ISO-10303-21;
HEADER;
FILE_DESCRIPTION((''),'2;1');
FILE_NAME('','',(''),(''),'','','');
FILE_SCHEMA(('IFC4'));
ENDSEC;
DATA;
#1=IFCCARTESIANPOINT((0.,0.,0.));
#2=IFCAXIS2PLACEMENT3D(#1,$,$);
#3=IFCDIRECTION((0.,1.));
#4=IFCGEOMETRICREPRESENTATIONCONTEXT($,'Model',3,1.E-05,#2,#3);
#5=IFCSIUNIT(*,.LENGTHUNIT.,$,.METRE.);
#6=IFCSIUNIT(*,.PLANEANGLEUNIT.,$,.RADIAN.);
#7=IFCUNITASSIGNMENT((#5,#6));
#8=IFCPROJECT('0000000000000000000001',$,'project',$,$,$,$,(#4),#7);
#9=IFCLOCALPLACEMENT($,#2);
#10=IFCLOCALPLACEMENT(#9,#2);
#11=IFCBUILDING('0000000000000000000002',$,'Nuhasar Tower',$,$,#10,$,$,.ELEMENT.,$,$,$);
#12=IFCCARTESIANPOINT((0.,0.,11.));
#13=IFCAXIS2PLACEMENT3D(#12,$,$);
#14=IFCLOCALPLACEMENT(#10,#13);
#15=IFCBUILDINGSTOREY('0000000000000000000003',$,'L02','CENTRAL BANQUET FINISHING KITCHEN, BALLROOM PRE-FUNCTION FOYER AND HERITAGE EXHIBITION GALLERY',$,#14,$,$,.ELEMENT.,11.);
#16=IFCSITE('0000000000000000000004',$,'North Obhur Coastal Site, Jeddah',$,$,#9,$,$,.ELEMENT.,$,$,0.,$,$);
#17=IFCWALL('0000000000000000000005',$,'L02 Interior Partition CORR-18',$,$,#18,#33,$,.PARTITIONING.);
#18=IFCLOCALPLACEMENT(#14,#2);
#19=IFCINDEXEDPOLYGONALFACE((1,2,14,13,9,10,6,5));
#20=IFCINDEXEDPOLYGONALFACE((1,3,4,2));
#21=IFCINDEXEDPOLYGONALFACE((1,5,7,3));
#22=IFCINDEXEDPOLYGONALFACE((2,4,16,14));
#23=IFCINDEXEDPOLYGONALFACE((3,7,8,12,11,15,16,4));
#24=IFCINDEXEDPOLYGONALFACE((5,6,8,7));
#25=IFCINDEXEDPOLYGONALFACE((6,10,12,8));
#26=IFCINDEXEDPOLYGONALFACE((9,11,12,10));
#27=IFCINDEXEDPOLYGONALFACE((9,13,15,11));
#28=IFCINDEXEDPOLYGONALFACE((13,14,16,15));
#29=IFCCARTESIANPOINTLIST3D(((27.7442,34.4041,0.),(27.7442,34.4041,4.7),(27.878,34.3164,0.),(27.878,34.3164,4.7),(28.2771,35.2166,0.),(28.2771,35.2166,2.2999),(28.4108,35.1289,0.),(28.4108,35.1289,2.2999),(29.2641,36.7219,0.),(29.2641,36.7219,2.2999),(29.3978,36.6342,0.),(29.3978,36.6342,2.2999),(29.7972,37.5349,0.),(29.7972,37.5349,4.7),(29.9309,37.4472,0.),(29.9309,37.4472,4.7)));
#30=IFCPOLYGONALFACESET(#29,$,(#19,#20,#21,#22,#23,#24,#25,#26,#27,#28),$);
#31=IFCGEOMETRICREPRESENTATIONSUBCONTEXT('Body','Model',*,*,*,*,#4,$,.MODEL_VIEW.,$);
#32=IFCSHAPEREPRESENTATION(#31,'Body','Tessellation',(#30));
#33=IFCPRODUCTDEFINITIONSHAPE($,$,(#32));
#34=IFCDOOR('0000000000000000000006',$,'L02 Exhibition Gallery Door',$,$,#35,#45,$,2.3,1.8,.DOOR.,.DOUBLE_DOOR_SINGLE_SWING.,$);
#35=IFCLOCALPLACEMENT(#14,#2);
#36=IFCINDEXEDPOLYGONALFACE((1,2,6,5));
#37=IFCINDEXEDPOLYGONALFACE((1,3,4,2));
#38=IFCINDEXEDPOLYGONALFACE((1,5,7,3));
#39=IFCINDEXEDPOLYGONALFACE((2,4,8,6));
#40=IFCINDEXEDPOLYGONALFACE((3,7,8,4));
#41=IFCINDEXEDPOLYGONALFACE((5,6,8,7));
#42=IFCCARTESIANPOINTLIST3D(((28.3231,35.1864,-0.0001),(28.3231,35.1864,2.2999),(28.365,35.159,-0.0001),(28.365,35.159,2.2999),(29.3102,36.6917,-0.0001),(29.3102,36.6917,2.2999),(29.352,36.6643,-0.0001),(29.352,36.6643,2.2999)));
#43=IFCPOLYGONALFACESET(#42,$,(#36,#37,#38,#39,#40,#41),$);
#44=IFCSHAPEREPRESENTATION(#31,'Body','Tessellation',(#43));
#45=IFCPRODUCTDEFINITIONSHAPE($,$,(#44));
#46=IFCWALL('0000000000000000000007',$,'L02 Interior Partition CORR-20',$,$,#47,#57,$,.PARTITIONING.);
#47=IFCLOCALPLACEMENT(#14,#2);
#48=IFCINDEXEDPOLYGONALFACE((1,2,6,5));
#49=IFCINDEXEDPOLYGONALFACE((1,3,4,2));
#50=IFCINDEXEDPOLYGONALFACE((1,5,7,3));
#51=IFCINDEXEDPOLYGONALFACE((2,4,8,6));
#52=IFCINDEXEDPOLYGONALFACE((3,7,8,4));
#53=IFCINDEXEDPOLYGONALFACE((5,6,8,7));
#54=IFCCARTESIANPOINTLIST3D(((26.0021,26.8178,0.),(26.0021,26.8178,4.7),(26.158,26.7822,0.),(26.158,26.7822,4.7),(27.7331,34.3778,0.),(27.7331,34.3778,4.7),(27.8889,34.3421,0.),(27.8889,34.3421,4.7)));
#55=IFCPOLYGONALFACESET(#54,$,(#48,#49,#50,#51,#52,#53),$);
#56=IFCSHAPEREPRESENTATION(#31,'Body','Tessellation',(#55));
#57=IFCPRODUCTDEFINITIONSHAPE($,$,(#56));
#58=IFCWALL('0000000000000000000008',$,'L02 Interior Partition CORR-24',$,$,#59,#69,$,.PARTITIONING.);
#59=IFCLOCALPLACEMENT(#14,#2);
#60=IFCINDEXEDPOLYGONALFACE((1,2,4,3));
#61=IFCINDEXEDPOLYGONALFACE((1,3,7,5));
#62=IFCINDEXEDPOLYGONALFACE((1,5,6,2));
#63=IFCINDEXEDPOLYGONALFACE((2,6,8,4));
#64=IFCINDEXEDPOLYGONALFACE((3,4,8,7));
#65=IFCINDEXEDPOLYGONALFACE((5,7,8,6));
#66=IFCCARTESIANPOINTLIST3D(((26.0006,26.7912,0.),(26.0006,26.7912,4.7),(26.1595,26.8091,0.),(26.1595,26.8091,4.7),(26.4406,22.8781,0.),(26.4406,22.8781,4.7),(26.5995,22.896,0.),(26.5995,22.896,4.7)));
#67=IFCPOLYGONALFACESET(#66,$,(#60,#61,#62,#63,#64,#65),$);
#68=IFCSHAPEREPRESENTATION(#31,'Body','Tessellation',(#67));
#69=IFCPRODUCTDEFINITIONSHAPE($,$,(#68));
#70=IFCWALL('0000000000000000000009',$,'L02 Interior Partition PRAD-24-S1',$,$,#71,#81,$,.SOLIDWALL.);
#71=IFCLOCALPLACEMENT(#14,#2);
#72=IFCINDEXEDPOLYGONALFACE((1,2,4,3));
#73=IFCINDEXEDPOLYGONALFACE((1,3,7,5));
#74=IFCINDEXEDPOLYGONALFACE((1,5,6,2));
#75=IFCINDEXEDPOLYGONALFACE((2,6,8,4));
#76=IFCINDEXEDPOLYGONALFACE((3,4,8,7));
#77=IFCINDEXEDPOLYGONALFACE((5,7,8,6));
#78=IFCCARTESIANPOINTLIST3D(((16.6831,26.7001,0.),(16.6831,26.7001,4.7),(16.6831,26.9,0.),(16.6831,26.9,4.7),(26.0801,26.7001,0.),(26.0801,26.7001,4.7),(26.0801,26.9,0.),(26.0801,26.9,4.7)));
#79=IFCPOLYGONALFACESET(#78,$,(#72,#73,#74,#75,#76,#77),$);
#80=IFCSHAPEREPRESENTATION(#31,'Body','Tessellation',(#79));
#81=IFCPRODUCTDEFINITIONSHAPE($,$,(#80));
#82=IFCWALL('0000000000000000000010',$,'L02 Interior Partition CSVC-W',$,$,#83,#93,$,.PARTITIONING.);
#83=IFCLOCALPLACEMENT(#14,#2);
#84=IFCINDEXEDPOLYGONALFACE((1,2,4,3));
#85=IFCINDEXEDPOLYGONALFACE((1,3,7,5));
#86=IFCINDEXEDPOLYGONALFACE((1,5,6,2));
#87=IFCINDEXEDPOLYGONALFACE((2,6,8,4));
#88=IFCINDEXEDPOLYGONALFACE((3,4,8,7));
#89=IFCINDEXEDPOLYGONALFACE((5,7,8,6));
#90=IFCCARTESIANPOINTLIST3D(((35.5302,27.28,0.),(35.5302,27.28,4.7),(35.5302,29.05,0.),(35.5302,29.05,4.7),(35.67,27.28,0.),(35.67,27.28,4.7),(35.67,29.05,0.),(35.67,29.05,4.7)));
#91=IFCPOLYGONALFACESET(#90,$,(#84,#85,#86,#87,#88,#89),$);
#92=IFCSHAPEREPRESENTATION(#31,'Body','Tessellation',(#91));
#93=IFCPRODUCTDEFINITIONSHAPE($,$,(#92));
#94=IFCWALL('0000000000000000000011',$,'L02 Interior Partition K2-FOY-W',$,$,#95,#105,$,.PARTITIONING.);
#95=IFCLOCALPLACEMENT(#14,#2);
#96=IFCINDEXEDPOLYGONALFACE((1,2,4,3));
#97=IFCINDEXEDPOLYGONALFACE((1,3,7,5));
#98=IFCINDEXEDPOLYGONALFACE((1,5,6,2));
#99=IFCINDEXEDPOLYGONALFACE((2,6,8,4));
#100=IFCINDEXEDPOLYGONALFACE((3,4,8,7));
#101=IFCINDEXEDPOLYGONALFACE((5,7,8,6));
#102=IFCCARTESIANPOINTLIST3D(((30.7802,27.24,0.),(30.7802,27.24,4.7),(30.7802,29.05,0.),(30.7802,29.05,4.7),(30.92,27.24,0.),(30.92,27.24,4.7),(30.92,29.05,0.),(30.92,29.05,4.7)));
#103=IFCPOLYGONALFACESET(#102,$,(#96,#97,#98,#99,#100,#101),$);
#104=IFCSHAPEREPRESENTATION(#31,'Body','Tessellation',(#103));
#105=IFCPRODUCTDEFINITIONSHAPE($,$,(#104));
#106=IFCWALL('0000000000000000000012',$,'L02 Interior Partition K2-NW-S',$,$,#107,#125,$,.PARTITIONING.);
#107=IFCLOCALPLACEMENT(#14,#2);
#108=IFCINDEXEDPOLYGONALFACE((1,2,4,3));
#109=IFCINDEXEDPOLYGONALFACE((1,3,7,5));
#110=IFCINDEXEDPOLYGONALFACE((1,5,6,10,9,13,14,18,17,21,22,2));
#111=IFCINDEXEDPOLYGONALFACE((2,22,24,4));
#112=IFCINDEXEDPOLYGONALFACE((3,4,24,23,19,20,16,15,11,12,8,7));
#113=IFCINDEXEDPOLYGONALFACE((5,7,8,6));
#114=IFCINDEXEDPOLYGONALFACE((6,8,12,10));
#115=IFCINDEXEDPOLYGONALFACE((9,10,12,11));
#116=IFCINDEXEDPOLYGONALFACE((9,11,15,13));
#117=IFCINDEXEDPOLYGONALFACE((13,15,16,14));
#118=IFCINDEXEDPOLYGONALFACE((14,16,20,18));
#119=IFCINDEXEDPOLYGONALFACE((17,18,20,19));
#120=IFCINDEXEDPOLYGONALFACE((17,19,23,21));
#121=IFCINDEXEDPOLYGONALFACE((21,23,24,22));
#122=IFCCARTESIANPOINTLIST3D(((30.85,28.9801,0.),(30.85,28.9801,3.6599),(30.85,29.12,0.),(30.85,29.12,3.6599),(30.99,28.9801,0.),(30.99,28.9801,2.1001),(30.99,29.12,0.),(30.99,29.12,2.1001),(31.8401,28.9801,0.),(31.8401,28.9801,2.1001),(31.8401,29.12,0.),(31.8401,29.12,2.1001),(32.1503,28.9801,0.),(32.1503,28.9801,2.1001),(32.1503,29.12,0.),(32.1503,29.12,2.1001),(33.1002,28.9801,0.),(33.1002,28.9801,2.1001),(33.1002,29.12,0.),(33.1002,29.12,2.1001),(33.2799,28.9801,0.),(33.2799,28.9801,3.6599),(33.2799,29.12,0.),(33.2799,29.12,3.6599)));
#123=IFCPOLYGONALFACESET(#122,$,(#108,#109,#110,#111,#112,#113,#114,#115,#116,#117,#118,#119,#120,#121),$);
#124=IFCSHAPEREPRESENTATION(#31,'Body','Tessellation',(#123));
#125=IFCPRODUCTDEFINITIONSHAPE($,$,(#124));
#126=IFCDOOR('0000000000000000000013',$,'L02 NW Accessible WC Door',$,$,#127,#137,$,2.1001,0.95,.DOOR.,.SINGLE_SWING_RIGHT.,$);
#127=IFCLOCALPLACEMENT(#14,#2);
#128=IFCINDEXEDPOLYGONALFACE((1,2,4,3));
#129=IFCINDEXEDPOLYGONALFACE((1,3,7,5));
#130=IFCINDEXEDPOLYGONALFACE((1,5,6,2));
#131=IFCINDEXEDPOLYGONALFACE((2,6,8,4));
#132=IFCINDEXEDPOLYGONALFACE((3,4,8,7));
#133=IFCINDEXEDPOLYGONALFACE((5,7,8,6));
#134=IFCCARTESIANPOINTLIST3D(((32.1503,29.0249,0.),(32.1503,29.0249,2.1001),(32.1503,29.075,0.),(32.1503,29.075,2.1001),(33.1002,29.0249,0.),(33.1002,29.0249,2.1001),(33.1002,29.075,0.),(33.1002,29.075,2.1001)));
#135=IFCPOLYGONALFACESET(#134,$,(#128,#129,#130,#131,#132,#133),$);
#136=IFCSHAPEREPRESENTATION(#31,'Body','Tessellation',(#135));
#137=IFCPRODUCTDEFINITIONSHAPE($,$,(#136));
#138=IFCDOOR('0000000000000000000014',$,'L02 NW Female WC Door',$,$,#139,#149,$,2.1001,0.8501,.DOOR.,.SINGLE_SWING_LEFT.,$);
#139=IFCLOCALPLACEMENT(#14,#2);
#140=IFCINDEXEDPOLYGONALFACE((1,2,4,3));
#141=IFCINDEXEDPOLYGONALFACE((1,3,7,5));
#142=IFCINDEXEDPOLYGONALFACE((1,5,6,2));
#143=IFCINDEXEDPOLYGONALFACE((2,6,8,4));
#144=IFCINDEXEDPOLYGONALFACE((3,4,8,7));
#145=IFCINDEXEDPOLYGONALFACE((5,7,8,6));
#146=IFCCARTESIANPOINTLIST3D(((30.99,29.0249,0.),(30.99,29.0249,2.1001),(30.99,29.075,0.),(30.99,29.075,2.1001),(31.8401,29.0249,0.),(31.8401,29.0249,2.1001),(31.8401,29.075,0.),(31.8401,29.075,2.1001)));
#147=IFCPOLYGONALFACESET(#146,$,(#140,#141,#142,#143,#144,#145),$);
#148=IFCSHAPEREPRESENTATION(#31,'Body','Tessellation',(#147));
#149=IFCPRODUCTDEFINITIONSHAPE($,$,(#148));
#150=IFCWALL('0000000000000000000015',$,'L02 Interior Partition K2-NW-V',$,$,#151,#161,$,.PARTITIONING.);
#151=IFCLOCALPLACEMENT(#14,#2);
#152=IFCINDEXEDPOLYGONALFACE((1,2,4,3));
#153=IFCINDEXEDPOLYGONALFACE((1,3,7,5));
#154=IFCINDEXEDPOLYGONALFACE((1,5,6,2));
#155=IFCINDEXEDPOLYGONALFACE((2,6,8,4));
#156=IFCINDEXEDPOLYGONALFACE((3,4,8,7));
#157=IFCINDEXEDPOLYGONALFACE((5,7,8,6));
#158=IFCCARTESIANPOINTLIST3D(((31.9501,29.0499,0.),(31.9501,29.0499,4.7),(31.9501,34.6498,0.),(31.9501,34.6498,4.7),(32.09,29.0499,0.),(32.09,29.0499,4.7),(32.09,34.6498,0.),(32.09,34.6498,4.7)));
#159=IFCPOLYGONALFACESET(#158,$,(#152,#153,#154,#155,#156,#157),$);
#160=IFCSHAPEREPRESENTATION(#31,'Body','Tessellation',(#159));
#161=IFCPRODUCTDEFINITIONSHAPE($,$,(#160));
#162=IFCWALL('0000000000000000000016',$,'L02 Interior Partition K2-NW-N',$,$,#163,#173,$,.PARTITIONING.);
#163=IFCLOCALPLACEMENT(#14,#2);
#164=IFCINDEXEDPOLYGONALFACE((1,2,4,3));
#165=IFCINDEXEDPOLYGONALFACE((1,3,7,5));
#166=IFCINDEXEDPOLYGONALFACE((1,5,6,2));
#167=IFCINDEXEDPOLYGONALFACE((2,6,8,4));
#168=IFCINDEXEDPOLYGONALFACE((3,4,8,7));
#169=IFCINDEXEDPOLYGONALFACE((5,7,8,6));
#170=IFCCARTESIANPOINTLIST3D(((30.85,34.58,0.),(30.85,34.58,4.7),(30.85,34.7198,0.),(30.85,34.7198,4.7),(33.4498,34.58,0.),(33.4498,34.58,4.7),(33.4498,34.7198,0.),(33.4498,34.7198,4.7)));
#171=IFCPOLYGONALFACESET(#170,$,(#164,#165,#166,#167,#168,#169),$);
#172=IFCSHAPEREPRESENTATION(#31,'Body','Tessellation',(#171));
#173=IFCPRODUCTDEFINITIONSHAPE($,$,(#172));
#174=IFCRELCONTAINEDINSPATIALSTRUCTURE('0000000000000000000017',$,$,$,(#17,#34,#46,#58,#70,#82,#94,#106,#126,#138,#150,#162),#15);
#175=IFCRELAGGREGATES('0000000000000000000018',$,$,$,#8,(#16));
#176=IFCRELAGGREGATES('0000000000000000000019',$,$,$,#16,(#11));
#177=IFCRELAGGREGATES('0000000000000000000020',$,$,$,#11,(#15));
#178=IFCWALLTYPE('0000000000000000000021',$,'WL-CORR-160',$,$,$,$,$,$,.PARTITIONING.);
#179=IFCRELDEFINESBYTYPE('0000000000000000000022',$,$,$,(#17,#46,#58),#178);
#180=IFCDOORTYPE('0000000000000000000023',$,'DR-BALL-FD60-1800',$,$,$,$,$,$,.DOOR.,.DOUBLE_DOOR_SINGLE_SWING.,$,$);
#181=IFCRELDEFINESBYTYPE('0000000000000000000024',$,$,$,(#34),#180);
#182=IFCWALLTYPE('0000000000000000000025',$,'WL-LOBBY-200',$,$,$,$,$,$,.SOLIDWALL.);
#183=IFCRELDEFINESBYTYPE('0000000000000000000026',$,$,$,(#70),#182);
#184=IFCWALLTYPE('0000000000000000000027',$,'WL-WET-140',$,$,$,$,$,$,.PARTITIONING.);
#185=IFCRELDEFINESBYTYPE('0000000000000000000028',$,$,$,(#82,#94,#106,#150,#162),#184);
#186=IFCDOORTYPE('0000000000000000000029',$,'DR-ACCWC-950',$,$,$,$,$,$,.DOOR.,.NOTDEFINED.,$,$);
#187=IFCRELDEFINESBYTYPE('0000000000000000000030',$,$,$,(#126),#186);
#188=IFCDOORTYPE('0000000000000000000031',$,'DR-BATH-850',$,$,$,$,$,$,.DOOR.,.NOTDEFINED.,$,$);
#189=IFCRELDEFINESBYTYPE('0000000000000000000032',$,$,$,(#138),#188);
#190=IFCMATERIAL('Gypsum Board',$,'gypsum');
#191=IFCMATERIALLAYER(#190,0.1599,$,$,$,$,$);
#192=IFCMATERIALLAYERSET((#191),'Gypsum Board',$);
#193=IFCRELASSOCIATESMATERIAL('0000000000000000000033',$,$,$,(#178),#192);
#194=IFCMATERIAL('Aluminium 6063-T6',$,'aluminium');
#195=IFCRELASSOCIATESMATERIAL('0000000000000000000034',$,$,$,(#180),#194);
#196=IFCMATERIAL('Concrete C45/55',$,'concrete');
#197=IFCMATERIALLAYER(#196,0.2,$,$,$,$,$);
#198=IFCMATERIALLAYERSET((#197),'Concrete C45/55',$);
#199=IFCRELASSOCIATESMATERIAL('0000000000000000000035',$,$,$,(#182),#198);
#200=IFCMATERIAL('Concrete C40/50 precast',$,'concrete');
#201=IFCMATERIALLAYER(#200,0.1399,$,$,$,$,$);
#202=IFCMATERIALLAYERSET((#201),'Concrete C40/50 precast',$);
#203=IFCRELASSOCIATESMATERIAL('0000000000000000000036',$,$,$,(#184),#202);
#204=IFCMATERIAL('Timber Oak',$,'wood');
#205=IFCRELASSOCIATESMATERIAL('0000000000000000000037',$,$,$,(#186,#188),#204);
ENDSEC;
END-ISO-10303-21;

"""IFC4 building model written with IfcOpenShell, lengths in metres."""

from ifc_helpers import new_model, si_unit, direction, frame, frame_2d, origin, place, context, subcontext, project, spatial, rectangle, extrude, material, layer, layer_set, type_object, element, fill, save


model = new_model("IFC4")

# Units and contexts
model_context = context("Model", 3, precision=1e-05, world=origin(), true_north=direction((0.0, 1.0)))
body_context = subcontext(model_context, "Body", "Model", "MODEL_VIEW")
ifc_project = project(units=[si_unit("LENGTHUNIT", "METRE"), si_unit("PLANEANGLEUNIT", "RADIAN")], contexts=[model_context])

# Site, building, storey
site_placement = place(None, origin())
site = spatial("IfcSite", under=ifc_project, at=site_placement, Name="North Obhur Coastal Site, Jeddah", CompositionType="ELEMENT", RefElevation=0.0)
building_placement = place(site_placement, origin())
building = spatial("IfcBuilding", under=site, at=building_placement, Name="Nuhasar Tower", CompositionType="ELEMENT")
storey_placement = place(building_placement, frame((0.0, 0.0, 11.0)))
storey = spatial("IfcBuildingStorey", under=building, at=storey_placement, Name="L02", Description="CENTRAL BANQUET FINISHING KITCHEN, BALLROOM PRE-FUNCTION FOYER AND HERITAGE EXHIBITION GALLERY", CompositionType="ELEMENT", Elevation=11.0)

# Wall, opening, door
ifc_material_1 = material(Name="Gypsum Board", Category="gypsum")
ifc_layer_1 = layer(ifc_material_1, 0.1599)
ifc_layer_set_1 = layer_set([ifc_layer_1], Name="Gypsum Board")
wall_type_1 = type_object("IfcWallType", Name="WL-CORR-160", PredefinedType="PARTITIONING", material=ifc_layer_set_1)
wall_1_placement = place(storey_placement, frame((27.811, 34.3601, 0.0), z_axis=(0.0, 0.0, 1.0), x_axis=(0.548349, 0.83625, 0.0)))
wall_1 = element("IfcWall", 1, at=wall_1_placement, inside=storey, type_object=wall_type_1, Name="L02 Interior Partition CORR-18", PredefinedType="PARTITIONING", context=body_context, shape_type="SweptSolid", body=[
    extrude(rectangle(XDim=3.7439, YDim=0.1599, at=frame_2d((1.8721, 0.0))), origin(), (0.0, 0.0, 1.0), 4.7),
])
opening_1_placement = place(wall_1_placement, frame((0.9719, 0.0, 0.0)))
opening_1 = element("IfcOpeningElement", 2, at=opening_1_placement, cuts=wall_1, PredefinedType="OPENING", context=body_context, shape_type="SweptSolid", body=[
    extrude(rectangle(XDim=1.8, YDim=2.3, at=frame_2d((0.8999, 1.1499))), frame((0.0, 0.0898, 0.0), z_axis=(0.0, -1.0, 0.0), x_axis=(1.0, 0.0, 0.0)), (0.0, 0.0, 1.0), 0.1799),
])
ifc_material_2 = material(Name="Aluminium 6063-T6", Category="aluminium")
door_type_1 = type_object("IfcDoorType", Name="DR-BALL-FD60-1800", OperationType="DOUBLE_DOOR_SINGLE_SWING", PredefinedType="DOOR", material=ifc_material_2)
door_1_placement = place(opening_1_placement, origin())
door_1 = element("IfcDoor", 3, at=door_1_placement, inside=storey, type_object=door_type_1, Name="L02 Exhibition Gallery Door", OperationType="DOUBLE_DOOR_SINGLE_SWING", OverallHeight=2.3, OverallWidth=1.8, PredefinedType="DOOR", context=body_context, shape_type="SweptSolid", body=[
    extrude(rectangle(XDim=1.8, YDim=2.3, at=frame_2d((0.8999, 1.1499))), frame((0.0, 0.0249, 0.0), z_axis=(0.0, -1.0, 0.0), x_axis=(1.0, 0.0, 0.0)), (0.0, 0.0, 1.0), 0.05),
])
fill(opening_1, door_1)

# Walls
wall_2_placement = place(storey_placement, frame((27.811, 34.3601, 0.0), z_axis=(0.0, 0.0, 1.0), x_axis=(-0.223185, -0.974776, 0.0)))
element("IfcWall", 4, at=wall_2_placement, inside=storey, type_object=wall_type_1, Name="L02 Interior Partition CORR-20", PredefinedType="PARTITIONING", context=body_context, shape_type="SweptSolid", body=[
    extrude(rectangle(XDim=7.7556, YDim=0.1599, at=frame_2d((3.8779, 0.0))), origin(), (0.0, 0.0, 1.0), 4.7),
])
wall_3_placement = place(storey_placement, frame((26.0801, 26.8, 0.0), z_axis=(0.0, 0.0, 1.0), x_axis=(0.111724, -0.993739, 0.0)))
element("IfcWall", 5, at=wall_3_placement, inside=storey, type_object=wall_type_1, Name="L02 Interior Partition CORR-24", PredefinedType="PARTITIONING", context=body_context, shape_type="SweptSolid", body=[
    extrude(rectangle(XDim=3.9377, YDim=0.1599, at=frame_2d((1.9688, 0.0))), origin(), (0.0, 0.0, 1.0), 4.7),
])
ifc_material_3 = material(Name="Concrete C45/55", Category="concrete")
ifc_layer_2 = layer(ifc_material_3, 0.2)
ifc_layer_set_2 = layer_set([ifc_layer_2], Name="Concrete C45/55")
wall_type_2 = type_object("IfcWallType", Name="WL-LOBBY-200", PredefinedType="SOLIDWALL", material=ifc_layer_set_2)
wall_4_placement = place(storey_placement, frame((26.0801, 26.8, 0.0), z_axis=(0.0, 0.0, 1.0), x_axis=(-1.0, 0.0, 0.0)))
element("IfcWall", 6, at=wall_4_placement, inside=storey, type_object=wall_type_2, Name="L02 Interior Partition PRAD-24-S1", PredefinedType="SOLIDWALL", context=body_context, shape_type="SweptSolid", body=[
    extrude(rectangle(XDim=9.397, YDim=0.2, at=frame_2d((4.6985, 0.0))), origin(), (0.0, 0.0, 1.0), 4.7),
])
ifc_material_4 = material(Name="Concrete C40/50 precast", Category="concrete")
ifc_layer_3 = layer(ifc_material_4, 0.1399)
ifc_layer_set_3 = layer_set([ifc_layer_3], Name="Concrete C40/50 precast")
wall_type_3 = type_object("IfcWallType", Name="WL-WET-140", PredefinedType="PARTITIONING", material=ifc_layer_set_3)
wall_5_placement = place(storey_placement, frame((35.6001, 27.28, 0.0), z_axis=(0.0, 0.0, 1.0), x_axis=(0.0, 1.0, 0.0)))
element("IfcWall", 7, at=wall_5_placement, inside=storey, type_object=wall_type_3, Name="L02 Interior Partition CSVC-W", PredefinedType="PARTITIONING", context=body_context, shape_type="SweptSolid", body=[
    extrude(rectangle(XDim=1.77, YDim=0.1399, at=frame_2d((0.885, 0.0))), origin(), (0.0, 0.0, 1.0), 4.7),
])
wall_6_placement = place(storey_placement, frame((30.8501, 27.24, 0.0), z_axis=(0.0, 0.0, 1.0), x_axis=(0.0, 1.0, 0.0)))
element("IfcWall", 8, at=wall_6_placement, inside=storey, type_object=wall_type_3, Name="L02 Interior Partition K2-FOY-W", PredefinedType="PARTITIONING", context=body_context, shape_type="SweptSolid", body=[
    extrude(rectangle(XDim=1.8101, YDim=0.1399, at=frame_2d((0.905, 0.0))), origin(), (0.0, 0.0, 1.0), 4.7),
])

# Wall, openings, doors
wall_7_placement = place(storey_placement, frame((30.8501, 29.05, 0.0), z_axis=(0.0, 0.0, 1.0), x_axis=(1.0, 0.0, 0.0)))
wall_7 = element("IfcWall", 9, at=wall_7_placement, inside=storey, type_object=wall_type_3, Name="L02 Interior Partition K2-NW-S", PredefinedType="PARTITIONING", context=body_context, shape_type="SweptSolid", body=[
    extrude(rectangle(XDim=2.4299, YDim=0.1399, at=frame_2d((1.2148, 0.0))), origin(), (0.0, 0.0, 1.0), 3.6599),
])
opening_2_placement = place(wall_7_placement, frame((0.1399, 0.0, 0.0)))
opening_2 = element("IfcOpeningElement", 10, at=opening_2_placement, cuts=wall_7, PredefinedType="OPENING", context=body_context, shape_type="SweptSolid", body=[
    extrude(rectangle(XDim=0.8501, YDim=2.1001, at=frame_2d((0.425, 1.05))), frame((0.0, 0.0801, 0.0), z_axis=(0.0, -1.0, 0.0), x_axis=(1.0, 0.0, 0.0)), (0.0, 0.0, 1.0), 0.1599),
])
opening_3_placement = place(wall_7_placement, frame((1.3, 0.0, 0.0)))
opening_3 = element("IfcOpeningElement", 11, at=opening_3_placement, cuts=wall_7, PredefinedType="OPENING", context=body_context, shape_type="SweptSolid", body=[
    extrude(rectangle(XDim=0.95, YDim=2.1001, at=frame_2d((0.4751, 1.05))), frame((0.0, 0.0801, 0.0), z_axis=(0.0, -1.0, 0.0), x_axis=(1.0, 0.0, 0.0)), (0.0, 0.0, 1.0), 0.1599),
])
ifc_material_5 = material(Name="Timber Oak", Category="wood")
door_type_2 = type_object("IfcDoorType", Name="DR-ACCWC-950", OperationType="NOTDEFINED", PredefinedType="DOOR", material=ifc_material_5)
door_2_placement = place(opening_3_placement, origin())
door_2 = element("IfcDoor", 12, at=door_2_placement, inside=storey, type_object=door_type_2, Name="L02 NW Accessible WC Door", OperationType="SINGLE_SWING_RIGHT", OverallHeight=2.1001, OverallWidth=0.95, PredefinedType="DOOR", context=body_context, shape_type="SweptSolid", body=[
    extrude(rectangle(XDim=0.95, YDim=2.1001, at=frame_2d((0.4751, 1.05))), frame((0.0, 0.0249, 0.0), z_axis=(0.0, -1.0, 0.0), x_axis=(1.0, 0.0, 0.0)), (0.0, 0.0, 1.0), 0.05),
])
fill(opening_3, door_2)
door_type_3 = type_object("IfcDoorType", Name="DR-BATH-850", OperationType="NOTDEFINED", PredefinedType="DOOR", material=ifc_material_5)
door_3_placement = place(opening_2_placement, origin())
door_3 = element("IfcDoor", 13, at=door_3_placement, inside=storey, type_object=door_type_3, Name="L02 NW Female WC Door", OperationType="SINGLE_SWING_LEFT", OverallHeight=2.1001, OverallWidth=0.8501, PredefinedType="DOOR", context=body_context, shape_type="SweptSolid", body=[
    extrude(rectangle(XDim=0.8501, YDim=2.1001, at=frame_2d((0.425, 1.05))), frame((0.0, 0.0249, 0.0), z_axis=(0.0, -1.0, 0.0), x_axis=(1.0, 0.0, 0.0)), (0.0, 0.0, 1.0), 0.05),
])
fill(opening_2, door_3)

# Walls
wall_8_placement = place(storey_placement, frame((32.02, 29.05, 0.0), z_axis=(0.0, 0.0, 1.0), x_axis=(0.0, 1.0, 0.0)))
element("IfcWall", 14, at=wall_8_placement, inside=storey, type_object=wall_type_3, Name="L02 Interior Partition K2-NW-V", PredefinedType="PARTITIONING", context=body_context, shape_type="SweptSolid", body=[
    extrude(rectangle(XDim=5.5999, YDim=0.1399, at=frame_2d((2.7998, 0.0))), origin(), (0.0, 0.0, 1.0), 4.7),
])
wall_9_placement = place(storey_placement, frame((30.8501, 34.6499, 0.0), z_axis=(0.0, 0.0, 1.0), x_axis=(1.0, 0.0, 0.0)))
element("IfcWall", 15, at=wall_9_placement, inside=storey, type_object=wall_type_3, Name="L02 Interior Partition K2-NW-N", PredefinedType="PARTITIONING", context=body_context, shape_type="SweptSolid", body=[
    extrude(rectangle(XDim=2.5999, YDim=0.1399, at=frame_2d((1.2998, 0.0))), origin(), (0.0, 0.0, 1.0), 4.7),
])

save(model, "model.ifc")
